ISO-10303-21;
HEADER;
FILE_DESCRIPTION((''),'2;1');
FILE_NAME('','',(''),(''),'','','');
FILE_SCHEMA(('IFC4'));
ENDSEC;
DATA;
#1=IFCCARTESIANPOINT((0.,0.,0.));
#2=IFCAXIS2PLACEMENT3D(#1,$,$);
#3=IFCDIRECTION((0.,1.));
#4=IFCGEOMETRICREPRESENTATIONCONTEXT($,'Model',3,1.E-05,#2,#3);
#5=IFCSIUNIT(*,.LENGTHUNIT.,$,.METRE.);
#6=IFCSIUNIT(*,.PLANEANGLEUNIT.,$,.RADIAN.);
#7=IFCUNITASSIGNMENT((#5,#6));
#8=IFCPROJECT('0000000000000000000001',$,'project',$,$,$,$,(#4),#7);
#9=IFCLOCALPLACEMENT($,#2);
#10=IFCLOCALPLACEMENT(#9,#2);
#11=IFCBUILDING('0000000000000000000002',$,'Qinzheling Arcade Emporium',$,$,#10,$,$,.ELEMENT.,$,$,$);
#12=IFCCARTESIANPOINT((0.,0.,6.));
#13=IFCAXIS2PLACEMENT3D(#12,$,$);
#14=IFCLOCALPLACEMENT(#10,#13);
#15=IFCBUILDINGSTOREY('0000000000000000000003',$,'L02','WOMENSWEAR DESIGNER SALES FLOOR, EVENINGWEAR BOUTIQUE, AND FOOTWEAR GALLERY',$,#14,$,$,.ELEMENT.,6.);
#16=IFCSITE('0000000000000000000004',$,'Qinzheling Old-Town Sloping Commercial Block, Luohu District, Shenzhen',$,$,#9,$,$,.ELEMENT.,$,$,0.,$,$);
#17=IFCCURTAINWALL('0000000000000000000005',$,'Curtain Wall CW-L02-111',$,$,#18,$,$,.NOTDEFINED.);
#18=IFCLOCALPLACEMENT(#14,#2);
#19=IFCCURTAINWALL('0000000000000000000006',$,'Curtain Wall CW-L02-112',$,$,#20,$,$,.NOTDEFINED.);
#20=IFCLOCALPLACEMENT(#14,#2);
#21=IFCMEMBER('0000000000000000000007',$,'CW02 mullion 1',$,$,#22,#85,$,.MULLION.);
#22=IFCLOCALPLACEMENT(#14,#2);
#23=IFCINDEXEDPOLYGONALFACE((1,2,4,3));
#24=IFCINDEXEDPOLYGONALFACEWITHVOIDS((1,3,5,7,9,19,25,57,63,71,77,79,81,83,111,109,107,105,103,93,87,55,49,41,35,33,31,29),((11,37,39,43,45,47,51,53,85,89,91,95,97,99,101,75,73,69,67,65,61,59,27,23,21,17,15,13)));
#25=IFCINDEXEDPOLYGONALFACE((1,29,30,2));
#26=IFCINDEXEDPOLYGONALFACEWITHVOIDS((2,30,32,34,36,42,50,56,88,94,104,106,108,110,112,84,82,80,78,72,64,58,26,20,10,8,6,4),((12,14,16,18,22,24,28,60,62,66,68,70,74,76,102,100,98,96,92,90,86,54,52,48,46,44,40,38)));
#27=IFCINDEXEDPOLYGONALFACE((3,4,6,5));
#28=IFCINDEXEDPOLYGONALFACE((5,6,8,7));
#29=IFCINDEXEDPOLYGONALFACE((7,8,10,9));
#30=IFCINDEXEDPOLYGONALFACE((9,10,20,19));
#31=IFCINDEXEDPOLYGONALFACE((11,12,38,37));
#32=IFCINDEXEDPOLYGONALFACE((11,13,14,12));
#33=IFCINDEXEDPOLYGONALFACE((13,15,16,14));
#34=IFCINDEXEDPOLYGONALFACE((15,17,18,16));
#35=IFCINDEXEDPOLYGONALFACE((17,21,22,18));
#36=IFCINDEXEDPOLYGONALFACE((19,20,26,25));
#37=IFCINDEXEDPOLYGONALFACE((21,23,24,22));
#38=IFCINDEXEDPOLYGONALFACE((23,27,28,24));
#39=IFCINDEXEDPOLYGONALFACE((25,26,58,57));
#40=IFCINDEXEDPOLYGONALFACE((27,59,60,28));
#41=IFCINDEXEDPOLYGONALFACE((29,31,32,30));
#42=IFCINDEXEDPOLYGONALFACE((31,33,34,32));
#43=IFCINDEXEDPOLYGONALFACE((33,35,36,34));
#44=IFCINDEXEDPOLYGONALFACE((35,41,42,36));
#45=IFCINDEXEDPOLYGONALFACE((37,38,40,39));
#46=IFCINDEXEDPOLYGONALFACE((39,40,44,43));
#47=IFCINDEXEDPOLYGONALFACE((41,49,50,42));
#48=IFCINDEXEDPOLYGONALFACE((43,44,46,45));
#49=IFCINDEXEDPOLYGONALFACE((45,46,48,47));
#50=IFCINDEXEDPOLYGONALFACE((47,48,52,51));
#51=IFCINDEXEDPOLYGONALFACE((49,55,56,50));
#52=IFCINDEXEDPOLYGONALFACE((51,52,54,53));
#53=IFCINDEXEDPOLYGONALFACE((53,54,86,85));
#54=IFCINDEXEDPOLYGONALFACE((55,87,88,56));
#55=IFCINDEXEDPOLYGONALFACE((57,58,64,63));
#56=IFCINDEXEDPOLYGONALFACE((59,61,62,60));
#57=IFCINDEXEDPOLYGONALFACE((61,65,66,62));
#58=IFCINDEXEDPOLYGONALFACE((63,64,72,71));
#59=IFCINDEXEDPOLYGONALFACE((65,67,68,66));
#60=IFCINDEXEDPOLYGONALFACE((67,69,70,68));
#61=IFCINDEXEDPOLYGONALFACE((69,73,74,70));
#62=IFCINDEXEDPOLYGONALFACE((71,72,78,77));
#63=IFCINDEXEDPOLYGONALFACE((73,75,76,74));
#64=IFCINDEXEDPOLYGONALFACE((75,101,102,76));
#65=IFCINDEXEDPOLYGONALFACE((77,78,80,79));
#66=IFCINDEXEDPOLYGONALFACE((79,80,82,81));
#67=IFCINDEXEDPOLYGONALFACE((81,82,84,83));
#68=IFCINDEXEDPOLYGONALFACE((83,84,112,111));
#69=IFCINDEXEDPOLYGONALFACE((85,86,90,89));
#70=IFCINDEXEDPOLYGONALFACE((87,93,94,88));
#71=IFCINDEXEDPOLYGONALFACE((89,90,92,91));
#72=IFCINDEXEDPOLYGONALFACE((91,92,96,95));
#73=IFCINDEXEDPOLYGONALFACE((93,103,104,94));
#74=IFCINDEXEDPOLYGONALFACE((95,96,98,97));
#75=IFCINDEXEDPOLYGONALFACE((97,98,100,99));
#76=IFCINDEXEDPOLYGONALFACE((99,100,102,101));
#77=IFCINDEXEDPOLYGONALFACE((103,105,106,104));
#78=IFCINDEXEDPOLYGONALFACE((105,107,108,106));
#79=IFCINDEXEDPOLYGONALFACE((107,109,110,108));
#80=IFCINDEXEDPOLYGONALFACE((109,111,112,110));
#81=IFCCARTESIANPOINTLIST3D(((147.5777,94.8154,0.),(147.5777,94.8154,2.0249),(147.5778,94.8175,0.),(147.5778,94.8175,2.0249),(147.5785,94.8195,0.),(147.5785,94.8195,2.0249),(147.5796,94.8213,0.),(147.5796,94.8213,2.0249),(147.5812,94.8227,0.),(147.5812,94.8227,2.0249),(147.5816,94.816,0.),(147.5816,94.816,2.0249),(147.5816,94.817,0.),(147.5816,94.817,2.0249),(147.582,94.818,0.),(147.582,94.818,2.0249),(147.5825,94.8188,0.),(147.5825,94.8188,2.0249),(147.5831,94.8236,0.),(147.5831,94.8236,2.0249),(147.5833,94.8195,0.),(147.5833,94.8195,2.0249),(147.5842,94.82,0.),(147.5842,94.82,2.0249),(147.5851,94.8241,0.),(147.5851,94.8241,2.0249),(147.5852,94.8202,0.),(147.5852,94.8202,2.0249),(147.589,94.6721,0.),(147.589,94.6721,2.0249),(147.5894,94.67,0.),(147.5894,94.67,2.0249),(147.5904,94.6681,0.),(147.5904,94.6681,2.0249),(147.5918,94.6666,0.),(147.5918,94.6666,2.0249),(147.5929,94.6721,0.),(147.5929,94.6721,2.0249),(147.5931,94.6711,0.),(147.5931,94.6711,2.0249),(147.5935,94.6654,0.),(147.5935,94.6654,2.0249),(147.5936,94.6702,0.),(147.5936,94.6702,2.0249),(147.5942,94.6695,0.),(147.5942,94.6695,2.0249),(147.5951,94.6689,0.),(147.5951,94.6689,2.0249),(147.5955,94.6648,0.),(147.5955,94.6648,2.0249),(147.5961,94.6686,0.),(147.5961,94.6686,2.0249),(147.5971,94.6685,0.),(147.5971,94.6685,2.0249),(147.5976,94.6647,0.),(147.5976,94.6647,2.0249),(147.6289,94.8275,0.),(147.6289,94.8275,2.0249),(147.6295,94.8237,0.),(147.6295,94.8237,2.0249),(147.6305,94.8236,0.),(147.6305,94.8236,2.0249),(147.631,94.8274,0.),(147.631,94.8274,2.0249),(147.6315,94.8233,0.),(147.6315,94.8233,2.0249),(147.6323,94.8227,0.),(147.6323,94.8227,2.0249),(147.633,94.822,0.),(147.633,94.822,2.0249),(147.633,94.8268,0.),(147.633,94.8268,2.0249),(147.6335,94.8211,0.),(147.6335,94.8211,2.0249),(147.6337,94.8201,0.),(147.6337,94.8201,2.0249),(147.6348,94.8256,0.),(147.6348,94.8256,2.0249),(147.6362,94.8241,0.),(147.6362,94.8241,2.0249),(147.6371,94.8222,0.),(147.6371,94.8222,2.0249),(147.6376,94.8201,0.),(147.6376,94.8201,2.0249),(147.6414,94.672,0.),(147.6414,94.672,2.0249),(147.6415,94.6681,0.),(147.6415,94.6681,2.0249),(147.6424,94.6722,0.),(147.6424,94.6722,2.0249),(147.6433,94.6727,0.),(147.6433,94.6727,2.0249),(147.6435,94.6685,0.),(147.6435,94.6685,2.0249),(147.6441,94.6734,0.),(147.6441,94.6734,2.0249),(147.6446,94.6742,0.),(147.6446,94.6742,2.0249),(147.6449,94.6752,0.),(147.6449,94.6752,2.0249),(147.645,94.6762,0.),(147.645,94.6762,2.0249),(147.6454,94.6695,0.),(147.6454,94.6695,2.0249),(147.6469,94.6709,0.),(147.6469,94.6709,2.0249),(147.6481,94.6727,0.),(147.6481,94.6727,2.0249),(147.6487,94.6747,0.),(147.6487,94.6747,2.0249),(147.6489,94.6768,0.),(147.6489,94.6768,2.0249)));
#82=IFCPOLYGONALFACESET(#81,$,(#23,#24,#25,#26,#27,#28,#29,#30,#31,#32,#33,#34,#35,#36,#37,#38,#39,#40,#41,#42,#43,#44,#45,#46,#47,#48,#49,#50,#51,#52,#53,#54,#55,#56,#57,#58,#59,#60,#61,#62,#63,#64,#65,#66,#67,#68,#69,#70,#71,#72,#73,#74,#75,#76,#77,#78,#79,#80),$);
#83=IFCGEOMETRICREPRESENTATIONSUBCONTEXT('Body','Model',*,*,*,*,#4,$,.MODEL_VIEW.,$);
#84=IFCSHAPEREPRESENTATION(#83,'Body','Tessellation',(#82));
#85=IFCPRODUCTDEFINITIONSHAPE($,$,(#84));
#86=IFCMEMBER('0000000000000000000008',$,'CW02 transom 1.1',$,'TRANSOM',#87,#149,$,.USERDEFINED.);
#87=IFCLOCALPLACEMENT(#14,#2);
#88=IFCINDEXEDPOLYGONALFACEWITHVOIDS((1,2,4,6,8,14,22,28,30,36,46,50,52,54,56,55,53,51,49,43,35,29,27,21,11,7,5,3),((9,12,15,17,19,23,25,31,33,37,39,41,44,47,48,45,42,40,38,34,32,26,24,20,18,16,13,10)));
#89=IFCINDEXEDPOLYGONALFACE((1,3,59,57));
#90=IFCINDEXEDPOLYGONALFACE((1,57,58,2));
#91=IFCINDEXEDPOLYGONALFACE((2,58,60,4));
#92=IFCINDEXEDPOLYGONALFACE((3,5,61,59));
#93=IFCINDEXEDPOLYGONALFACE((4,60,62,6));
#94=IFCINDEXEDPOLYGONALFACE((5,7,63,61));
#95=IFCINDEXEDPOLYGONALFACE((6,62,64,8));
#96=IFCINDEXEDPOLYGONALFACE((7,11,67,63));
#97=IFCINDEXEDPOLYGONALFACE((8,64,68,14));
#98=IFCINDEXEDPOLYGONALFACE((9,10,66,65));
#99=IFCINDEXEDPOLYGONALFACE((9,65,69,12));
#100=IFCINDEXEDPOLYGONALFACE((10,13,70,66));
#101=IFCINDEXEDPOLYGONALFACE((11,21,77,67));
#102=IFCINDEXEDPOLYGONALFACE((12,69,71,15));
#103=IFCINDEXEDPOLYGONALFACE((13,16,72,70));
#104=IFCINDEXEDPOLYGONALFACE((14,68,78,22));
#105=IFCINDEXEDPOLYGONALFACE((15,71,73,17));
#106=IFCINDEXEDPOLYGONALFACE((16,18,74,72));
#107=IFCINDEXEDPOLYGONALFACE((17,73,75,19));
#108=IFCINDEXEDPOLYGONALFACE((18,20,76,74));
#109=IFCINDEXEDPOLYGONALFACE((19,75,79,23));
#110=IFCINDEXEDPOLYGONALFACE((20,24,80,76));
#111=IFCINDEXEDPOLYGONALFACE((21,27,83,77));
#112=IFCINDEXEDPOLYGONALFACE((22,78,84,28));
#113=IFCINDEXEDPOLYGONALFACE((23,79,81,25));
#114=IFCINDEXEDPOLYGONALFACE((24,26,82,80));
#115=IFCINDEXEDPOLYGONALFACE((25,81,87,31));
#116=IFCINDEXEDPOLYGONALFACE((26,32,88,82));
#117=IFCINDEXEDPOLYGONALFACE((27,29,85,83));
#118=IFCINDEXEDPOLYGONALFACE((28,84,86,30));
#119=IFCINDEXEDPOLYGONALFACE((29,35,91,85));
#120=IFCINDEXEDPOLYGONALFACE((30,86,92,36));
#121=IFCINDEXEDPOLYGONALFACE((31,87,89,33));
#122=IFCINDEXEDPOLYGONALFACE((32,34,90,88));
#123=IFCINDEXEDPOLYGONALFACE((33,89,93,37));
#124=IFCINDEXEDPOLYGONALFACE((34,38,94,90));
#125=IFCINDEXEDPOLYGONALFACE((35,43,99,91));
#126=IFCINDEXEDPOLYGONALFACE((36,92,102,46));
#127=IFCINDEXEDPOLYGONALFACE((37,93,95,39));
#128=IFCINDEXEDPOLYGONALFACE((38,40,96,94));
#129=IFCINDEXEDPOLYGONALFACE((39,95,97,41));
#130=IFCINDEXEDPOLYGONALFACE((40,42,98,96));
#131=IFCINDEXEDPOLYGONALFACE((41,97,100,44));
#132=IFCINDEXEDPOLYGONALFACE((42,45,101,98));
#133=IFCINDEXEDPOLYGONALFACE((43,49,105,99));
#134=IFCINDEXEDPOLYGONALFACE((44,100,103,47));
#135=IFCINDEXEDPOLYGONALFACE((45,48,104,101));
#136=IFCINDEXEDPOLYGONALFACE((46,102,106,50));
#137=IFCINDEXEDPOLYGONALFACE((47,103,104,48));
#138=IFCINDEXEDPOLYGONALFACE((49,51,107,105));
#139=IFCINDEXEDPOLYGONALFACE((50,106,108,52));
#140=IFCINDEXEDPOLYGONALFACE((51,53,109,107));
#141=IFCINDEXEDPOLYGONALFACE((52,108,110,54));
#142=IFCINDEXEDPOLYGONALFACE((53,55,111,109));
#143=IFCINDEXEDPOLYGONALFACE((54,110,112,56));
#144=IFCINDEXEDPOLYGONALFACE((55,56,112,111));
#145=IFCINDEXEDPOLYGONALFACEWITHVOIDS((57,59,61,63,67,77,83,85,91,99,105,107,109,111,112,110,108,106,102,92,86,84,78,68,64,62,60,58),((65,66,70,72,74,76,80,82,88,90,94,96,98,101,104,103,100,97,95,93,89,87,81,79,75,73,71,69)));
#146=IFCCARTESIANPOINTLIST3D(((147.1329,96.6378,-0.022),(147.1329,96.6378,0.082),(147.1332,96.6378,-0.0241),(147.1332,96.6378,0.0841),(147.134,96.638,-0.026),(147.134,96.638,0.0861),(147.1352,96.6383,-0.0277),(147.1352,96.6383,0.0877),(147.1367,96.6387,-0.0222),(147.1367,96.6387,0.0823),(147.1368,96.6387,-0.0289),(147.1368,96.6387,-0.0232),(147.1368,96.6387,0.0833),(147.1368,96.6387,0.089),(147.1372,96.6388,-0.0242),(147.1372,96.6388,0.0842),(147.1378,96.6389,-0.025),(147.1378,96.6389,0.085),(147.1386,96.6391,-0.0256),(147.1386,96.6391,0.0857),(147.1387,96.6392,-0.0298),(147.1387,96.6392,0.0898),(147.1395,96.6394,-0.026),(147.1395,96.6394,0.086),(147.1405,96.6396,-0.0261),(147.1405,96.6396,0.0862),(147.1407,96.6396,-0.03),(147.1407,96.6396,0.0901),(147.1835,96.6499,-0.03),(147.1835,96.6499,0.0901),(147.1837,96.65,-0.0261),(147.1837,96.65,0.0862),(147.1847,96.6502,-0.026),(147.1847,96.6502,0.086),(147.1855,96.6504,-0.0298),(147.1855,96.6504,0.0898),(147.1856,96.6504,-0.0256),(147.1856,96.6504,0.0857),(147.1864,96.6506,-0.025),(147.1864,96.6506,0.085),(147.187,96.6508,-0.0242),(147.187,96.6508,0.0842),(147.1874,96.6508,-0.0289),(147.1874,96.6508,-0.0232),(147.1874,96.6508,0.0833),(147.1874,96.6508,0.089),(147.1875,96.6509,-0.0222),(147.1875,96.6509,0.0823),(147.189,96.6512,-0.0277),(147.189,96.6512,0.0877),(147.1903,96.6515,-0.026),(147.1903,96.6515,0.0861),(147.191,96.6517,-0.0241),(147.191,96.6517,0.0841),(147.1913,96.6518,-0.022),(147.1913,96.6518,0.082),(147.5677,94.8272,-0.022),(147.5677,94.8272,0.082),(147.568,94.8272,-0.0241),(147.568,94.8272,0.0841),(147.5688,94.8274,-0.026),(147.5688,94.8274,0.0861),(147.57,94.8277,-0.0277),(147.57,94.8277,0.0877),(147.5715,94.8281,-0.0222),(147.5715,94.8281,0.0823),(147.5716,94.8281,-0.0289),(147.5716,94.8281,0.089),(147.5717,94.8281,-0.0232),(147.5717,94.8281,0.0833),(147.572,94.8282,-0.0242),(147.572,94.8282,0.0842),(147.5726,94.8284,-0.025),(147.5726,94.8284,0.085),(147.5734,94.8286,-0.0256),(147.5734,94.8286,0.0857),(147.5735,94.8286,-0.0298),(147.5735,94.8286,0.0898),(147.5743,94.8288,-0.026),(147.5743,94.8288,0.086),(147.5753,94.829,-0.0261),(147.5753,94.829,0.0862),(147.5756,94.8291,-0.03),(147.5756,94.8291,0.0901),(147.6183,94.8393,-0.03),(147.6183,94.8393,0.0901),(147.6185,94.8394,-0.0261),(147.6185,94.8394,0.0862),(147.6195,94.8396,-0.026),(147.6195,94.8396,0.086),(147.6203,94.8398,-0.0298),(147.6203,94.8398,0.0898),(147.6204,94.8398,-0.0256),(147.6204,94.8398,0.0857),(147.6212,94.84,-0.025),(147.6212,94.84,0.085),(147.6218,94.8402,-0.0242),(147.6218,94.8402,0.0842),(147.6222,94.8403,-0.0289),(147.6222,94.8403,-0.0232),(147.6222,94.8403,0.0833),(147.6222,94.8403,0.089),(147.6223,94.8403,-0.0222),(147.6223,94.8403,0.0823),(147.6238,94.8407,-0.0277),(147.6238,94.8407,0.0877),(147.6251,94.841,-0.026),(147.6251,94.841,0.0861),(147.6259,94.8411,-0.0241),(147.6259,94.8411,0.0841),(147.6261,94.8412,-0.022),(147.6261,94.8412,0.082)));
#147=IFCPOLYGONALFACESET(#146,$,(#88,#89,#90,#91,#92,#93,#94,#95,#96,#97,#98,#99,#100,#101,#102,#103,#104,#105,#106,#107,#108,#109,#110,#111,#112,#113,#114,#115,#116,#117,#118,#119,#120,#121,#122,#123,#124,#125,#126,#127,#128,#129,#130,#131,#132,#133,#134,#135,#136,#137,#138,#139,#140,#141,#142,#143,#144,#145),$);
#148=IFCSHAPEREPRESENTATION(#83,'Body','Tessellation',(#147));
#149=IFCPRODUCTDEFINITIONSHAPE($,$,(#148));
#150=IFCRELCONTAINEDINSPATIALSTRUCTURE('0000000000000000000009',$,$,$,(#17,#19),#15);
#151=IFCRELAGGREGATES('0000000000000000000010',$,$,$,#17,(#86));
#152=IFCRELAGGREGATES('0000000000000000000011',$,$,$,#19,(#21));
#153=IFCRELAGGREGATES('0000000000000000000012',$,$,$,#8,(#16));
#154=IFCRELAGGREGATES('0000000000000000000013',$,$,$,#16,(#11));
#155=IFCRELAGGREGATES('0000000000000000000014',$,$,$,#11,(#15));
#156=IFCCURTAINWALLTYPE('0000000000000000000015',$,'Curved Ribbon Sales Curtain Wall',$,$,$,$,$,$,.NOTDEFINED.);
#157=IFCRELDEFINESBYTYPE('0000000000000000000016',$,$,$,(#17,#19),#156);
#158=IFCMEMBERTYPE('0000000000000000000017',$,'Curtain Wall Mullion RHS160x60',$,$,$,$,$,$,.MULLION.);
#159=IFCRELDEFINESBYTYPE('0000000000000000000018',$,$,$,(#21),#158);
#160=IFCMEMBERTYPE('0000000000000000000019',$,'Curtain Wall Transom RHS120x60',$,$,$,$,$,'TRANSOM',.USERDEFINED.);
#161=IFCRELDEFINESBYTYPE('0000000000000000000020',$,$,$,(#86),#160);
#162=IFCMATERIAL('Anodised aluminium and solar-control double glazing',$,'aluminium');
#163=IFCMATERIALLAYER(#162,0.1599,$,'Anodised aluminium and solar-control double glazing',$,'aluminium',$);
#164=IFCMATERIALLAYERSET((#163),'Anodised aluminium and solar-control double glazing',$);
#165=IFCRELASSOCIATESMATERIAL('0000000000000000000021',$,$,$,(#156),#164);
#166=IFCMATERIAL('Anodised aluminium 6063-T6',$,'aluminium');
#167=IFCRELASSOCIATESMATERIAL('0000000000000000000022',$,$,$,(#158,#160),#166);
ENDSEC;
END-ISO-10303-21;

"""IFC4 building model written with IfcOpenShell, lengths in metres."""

from ifc_helpers import new_model, si_unit, direction, frame, origin, origin_2d, place, context, subcontext, project, spatial, hollow_rectangle, extrude, material, layer, layer_set, material_profile, profile_set, type_object, element, aggregate, save


model = new_model("IFC4")

# Units and contexts
model_context = context("Model", 3, precision=1e-05, world=origin(), true_north=direction((0.0, 1.0)))
body_context = subcontext(model_context, "Body", "Model", "MODEL_VIEW")
ifc_project = project(units=[si_unit("LENGTHUNIT", "METRE"), si_unit("PLANEANGLEUNIT", "RADIAN")], contexts=[model_context])

# Site, building, storey
site_placement = place(None, origin())
site = spatial("IfcSite", under=ifc_project, at=site_placement, Name="Qinzheling Old-Town Sloping Commercial Block, Luohu District, Shenzhen", CompositionType="ELEMENT", RefElevation=0.0)
building_placement = place(site_placement, origin())
building = spatial("IfcBuilding", under=site, at=building_placement, Name="Qinzheling Arcade Emporium", CompositionType="ELEMENT")
storey_placement = place(building_placement, frame((0.0, 0.0, 6.0)))
storey = spatial("IfcBuildingStorey", under=building, at=storey_placement, Name="L02", Description="WOMENSWEAR DESIGNER SALES FLOOR, EVENINGWEAR BOUTIQUE, AND FOOTWEAR GALLERY", CompositionType="ELEMENT", Elevation=6.0)

# Curtain wall
ifc_material_1 = material(Name="Anodised aluminium and solar-control double glazing", Category="aluminium")
ifc_layer_1 = layer(ifc_material_1, 0.1599, Name="Anodised aluminium and solar-control double glazing", Category="aluminium")
ifc_layer_set_1 = layer_set([ifc_layer_1], Name="Anodised aluminium and solar-control double glazing")
curtain_wall_type = type_object("IfcCurtainWallType", Name="Curved Ribbon Sales Curtain Wall", PredefinedType="NOTDEFINED", material=ifc_layer_set_1)
curtain_wall_1_placement = place(storey_placement, origin())
curtain_wall_1 = element("IfcCurtainWall", 1, at=curtain_wall_1_placement, inside=storey, type_object=curtain_wall_type, Name="Curtain Wall CW-L02-111", PredefinedType="NOTDEFINED")
ifc_material_2 = material(Name="Anodised aluminium 6063-T6", Category="aluminium")
ifc_material_profile_1 = material_profile(ifc_material_2, hollow_rectangle(XDim=0.0601, YDim=0.1599, WallThickness=0.0039, InnerFilletRadius=0.0039, OuterFilletRadius=0.0081, at=origin_2d()), Name="RHS 160x60x4", Category="aluminium")
ifc_profile_set_1 = profile_set([ifc_material_profile_1], Name="Anodised aluminium 6063-T6")
member_type_1 = type_object("IfcMemberType", Name="Curtain Wall Mullion RHS160x60", PredefinedType="MULLION", material=ifc_profile_set_1)

# Curtain wall, member
curtain_wall_2_placement = place(storey_placement, origin())
curtain_wall_2 = element("IfcCurtainWall", 2, at=curtain_wall_2_placement, inside=storey, type_object=curtain_wall_type, Name="Curtain Wall CW-L02-112", PredefinedType="NOTDEFINED")
member_1_placement = place(storey_placement, frame((147.6133, 94.7461, 0.0), z_axis=(0.0, 0.0, 1.0), x_axis=(0.996924, 0.078376, 0.0)))
member_1 = element("IfcMember", 3, at=member_1_placement, type_object=member_type_1, Name="CW02 mullion 1", PredefinedType="MULLION", context=body_context, shape_type="SweptSolid", body=[
    extrude(hollow_rectangle(XDim=0.0601, YDim=0.1599, WallThickness=0.0039, InnerFilletRadius=0.0039, OuterFilletRadius=0.0081, at=origin_2d()), origin(), (0.0, 0.0, 1.0), 2.0249),
])

# Member
ifc_material_profile_2 = material_profile(ifc_material_2, hollow_rectangle(XDim=0.0601, YDim=0.1201, WallThickness=0.0039, InnerFilletRadius=0.0039, OuterFilletRadius=0.0081, at=origin_2d()), Name="RHS 120x60x4", Category="aluminium")
ifc_profile_set_2 = profile_set([ifc_material_profile_2], Name="Anodised aluminium 6063-T6")
member_type_2 = type_object("IfcMemberType", Name="Curtain Wall Transom RHS120x60", ElementType="TRANSOM", PredefinedType="USERDEFINED", material=ifc_profile_set_2)
member_2_placement = place(storey_placement, frame((147.1621, 96.6448, 0.03), z_axis=(0.233517, -0.972353, 0.0), x_axis=(0.972353, 0.233517, 0.0)))
member_2 = element("IfcMember", 4, at=member_2_placement, type_object=member_type_2, Name="CW02 transom 1.1", ObjectType="TRANSOM", PredefinedType="USERDEFINED", context=body_context, shape_type="SweptSolid", body=[
    extrude(hollow_rectangle(XDim=0.0601, YDim=0.1201, WallThickness=0.0039, InnerFilletRadius=0.0039, OuterFilletRadius=0.0081, at=origin_2d()), origin(), (0.0, 0.0, 1.0), 1.8621),
])

aggregate(curtain_wall_1, [member_2])
aggregate(curtain_wall_2, [member_1])

save(model, "model.ifc")
